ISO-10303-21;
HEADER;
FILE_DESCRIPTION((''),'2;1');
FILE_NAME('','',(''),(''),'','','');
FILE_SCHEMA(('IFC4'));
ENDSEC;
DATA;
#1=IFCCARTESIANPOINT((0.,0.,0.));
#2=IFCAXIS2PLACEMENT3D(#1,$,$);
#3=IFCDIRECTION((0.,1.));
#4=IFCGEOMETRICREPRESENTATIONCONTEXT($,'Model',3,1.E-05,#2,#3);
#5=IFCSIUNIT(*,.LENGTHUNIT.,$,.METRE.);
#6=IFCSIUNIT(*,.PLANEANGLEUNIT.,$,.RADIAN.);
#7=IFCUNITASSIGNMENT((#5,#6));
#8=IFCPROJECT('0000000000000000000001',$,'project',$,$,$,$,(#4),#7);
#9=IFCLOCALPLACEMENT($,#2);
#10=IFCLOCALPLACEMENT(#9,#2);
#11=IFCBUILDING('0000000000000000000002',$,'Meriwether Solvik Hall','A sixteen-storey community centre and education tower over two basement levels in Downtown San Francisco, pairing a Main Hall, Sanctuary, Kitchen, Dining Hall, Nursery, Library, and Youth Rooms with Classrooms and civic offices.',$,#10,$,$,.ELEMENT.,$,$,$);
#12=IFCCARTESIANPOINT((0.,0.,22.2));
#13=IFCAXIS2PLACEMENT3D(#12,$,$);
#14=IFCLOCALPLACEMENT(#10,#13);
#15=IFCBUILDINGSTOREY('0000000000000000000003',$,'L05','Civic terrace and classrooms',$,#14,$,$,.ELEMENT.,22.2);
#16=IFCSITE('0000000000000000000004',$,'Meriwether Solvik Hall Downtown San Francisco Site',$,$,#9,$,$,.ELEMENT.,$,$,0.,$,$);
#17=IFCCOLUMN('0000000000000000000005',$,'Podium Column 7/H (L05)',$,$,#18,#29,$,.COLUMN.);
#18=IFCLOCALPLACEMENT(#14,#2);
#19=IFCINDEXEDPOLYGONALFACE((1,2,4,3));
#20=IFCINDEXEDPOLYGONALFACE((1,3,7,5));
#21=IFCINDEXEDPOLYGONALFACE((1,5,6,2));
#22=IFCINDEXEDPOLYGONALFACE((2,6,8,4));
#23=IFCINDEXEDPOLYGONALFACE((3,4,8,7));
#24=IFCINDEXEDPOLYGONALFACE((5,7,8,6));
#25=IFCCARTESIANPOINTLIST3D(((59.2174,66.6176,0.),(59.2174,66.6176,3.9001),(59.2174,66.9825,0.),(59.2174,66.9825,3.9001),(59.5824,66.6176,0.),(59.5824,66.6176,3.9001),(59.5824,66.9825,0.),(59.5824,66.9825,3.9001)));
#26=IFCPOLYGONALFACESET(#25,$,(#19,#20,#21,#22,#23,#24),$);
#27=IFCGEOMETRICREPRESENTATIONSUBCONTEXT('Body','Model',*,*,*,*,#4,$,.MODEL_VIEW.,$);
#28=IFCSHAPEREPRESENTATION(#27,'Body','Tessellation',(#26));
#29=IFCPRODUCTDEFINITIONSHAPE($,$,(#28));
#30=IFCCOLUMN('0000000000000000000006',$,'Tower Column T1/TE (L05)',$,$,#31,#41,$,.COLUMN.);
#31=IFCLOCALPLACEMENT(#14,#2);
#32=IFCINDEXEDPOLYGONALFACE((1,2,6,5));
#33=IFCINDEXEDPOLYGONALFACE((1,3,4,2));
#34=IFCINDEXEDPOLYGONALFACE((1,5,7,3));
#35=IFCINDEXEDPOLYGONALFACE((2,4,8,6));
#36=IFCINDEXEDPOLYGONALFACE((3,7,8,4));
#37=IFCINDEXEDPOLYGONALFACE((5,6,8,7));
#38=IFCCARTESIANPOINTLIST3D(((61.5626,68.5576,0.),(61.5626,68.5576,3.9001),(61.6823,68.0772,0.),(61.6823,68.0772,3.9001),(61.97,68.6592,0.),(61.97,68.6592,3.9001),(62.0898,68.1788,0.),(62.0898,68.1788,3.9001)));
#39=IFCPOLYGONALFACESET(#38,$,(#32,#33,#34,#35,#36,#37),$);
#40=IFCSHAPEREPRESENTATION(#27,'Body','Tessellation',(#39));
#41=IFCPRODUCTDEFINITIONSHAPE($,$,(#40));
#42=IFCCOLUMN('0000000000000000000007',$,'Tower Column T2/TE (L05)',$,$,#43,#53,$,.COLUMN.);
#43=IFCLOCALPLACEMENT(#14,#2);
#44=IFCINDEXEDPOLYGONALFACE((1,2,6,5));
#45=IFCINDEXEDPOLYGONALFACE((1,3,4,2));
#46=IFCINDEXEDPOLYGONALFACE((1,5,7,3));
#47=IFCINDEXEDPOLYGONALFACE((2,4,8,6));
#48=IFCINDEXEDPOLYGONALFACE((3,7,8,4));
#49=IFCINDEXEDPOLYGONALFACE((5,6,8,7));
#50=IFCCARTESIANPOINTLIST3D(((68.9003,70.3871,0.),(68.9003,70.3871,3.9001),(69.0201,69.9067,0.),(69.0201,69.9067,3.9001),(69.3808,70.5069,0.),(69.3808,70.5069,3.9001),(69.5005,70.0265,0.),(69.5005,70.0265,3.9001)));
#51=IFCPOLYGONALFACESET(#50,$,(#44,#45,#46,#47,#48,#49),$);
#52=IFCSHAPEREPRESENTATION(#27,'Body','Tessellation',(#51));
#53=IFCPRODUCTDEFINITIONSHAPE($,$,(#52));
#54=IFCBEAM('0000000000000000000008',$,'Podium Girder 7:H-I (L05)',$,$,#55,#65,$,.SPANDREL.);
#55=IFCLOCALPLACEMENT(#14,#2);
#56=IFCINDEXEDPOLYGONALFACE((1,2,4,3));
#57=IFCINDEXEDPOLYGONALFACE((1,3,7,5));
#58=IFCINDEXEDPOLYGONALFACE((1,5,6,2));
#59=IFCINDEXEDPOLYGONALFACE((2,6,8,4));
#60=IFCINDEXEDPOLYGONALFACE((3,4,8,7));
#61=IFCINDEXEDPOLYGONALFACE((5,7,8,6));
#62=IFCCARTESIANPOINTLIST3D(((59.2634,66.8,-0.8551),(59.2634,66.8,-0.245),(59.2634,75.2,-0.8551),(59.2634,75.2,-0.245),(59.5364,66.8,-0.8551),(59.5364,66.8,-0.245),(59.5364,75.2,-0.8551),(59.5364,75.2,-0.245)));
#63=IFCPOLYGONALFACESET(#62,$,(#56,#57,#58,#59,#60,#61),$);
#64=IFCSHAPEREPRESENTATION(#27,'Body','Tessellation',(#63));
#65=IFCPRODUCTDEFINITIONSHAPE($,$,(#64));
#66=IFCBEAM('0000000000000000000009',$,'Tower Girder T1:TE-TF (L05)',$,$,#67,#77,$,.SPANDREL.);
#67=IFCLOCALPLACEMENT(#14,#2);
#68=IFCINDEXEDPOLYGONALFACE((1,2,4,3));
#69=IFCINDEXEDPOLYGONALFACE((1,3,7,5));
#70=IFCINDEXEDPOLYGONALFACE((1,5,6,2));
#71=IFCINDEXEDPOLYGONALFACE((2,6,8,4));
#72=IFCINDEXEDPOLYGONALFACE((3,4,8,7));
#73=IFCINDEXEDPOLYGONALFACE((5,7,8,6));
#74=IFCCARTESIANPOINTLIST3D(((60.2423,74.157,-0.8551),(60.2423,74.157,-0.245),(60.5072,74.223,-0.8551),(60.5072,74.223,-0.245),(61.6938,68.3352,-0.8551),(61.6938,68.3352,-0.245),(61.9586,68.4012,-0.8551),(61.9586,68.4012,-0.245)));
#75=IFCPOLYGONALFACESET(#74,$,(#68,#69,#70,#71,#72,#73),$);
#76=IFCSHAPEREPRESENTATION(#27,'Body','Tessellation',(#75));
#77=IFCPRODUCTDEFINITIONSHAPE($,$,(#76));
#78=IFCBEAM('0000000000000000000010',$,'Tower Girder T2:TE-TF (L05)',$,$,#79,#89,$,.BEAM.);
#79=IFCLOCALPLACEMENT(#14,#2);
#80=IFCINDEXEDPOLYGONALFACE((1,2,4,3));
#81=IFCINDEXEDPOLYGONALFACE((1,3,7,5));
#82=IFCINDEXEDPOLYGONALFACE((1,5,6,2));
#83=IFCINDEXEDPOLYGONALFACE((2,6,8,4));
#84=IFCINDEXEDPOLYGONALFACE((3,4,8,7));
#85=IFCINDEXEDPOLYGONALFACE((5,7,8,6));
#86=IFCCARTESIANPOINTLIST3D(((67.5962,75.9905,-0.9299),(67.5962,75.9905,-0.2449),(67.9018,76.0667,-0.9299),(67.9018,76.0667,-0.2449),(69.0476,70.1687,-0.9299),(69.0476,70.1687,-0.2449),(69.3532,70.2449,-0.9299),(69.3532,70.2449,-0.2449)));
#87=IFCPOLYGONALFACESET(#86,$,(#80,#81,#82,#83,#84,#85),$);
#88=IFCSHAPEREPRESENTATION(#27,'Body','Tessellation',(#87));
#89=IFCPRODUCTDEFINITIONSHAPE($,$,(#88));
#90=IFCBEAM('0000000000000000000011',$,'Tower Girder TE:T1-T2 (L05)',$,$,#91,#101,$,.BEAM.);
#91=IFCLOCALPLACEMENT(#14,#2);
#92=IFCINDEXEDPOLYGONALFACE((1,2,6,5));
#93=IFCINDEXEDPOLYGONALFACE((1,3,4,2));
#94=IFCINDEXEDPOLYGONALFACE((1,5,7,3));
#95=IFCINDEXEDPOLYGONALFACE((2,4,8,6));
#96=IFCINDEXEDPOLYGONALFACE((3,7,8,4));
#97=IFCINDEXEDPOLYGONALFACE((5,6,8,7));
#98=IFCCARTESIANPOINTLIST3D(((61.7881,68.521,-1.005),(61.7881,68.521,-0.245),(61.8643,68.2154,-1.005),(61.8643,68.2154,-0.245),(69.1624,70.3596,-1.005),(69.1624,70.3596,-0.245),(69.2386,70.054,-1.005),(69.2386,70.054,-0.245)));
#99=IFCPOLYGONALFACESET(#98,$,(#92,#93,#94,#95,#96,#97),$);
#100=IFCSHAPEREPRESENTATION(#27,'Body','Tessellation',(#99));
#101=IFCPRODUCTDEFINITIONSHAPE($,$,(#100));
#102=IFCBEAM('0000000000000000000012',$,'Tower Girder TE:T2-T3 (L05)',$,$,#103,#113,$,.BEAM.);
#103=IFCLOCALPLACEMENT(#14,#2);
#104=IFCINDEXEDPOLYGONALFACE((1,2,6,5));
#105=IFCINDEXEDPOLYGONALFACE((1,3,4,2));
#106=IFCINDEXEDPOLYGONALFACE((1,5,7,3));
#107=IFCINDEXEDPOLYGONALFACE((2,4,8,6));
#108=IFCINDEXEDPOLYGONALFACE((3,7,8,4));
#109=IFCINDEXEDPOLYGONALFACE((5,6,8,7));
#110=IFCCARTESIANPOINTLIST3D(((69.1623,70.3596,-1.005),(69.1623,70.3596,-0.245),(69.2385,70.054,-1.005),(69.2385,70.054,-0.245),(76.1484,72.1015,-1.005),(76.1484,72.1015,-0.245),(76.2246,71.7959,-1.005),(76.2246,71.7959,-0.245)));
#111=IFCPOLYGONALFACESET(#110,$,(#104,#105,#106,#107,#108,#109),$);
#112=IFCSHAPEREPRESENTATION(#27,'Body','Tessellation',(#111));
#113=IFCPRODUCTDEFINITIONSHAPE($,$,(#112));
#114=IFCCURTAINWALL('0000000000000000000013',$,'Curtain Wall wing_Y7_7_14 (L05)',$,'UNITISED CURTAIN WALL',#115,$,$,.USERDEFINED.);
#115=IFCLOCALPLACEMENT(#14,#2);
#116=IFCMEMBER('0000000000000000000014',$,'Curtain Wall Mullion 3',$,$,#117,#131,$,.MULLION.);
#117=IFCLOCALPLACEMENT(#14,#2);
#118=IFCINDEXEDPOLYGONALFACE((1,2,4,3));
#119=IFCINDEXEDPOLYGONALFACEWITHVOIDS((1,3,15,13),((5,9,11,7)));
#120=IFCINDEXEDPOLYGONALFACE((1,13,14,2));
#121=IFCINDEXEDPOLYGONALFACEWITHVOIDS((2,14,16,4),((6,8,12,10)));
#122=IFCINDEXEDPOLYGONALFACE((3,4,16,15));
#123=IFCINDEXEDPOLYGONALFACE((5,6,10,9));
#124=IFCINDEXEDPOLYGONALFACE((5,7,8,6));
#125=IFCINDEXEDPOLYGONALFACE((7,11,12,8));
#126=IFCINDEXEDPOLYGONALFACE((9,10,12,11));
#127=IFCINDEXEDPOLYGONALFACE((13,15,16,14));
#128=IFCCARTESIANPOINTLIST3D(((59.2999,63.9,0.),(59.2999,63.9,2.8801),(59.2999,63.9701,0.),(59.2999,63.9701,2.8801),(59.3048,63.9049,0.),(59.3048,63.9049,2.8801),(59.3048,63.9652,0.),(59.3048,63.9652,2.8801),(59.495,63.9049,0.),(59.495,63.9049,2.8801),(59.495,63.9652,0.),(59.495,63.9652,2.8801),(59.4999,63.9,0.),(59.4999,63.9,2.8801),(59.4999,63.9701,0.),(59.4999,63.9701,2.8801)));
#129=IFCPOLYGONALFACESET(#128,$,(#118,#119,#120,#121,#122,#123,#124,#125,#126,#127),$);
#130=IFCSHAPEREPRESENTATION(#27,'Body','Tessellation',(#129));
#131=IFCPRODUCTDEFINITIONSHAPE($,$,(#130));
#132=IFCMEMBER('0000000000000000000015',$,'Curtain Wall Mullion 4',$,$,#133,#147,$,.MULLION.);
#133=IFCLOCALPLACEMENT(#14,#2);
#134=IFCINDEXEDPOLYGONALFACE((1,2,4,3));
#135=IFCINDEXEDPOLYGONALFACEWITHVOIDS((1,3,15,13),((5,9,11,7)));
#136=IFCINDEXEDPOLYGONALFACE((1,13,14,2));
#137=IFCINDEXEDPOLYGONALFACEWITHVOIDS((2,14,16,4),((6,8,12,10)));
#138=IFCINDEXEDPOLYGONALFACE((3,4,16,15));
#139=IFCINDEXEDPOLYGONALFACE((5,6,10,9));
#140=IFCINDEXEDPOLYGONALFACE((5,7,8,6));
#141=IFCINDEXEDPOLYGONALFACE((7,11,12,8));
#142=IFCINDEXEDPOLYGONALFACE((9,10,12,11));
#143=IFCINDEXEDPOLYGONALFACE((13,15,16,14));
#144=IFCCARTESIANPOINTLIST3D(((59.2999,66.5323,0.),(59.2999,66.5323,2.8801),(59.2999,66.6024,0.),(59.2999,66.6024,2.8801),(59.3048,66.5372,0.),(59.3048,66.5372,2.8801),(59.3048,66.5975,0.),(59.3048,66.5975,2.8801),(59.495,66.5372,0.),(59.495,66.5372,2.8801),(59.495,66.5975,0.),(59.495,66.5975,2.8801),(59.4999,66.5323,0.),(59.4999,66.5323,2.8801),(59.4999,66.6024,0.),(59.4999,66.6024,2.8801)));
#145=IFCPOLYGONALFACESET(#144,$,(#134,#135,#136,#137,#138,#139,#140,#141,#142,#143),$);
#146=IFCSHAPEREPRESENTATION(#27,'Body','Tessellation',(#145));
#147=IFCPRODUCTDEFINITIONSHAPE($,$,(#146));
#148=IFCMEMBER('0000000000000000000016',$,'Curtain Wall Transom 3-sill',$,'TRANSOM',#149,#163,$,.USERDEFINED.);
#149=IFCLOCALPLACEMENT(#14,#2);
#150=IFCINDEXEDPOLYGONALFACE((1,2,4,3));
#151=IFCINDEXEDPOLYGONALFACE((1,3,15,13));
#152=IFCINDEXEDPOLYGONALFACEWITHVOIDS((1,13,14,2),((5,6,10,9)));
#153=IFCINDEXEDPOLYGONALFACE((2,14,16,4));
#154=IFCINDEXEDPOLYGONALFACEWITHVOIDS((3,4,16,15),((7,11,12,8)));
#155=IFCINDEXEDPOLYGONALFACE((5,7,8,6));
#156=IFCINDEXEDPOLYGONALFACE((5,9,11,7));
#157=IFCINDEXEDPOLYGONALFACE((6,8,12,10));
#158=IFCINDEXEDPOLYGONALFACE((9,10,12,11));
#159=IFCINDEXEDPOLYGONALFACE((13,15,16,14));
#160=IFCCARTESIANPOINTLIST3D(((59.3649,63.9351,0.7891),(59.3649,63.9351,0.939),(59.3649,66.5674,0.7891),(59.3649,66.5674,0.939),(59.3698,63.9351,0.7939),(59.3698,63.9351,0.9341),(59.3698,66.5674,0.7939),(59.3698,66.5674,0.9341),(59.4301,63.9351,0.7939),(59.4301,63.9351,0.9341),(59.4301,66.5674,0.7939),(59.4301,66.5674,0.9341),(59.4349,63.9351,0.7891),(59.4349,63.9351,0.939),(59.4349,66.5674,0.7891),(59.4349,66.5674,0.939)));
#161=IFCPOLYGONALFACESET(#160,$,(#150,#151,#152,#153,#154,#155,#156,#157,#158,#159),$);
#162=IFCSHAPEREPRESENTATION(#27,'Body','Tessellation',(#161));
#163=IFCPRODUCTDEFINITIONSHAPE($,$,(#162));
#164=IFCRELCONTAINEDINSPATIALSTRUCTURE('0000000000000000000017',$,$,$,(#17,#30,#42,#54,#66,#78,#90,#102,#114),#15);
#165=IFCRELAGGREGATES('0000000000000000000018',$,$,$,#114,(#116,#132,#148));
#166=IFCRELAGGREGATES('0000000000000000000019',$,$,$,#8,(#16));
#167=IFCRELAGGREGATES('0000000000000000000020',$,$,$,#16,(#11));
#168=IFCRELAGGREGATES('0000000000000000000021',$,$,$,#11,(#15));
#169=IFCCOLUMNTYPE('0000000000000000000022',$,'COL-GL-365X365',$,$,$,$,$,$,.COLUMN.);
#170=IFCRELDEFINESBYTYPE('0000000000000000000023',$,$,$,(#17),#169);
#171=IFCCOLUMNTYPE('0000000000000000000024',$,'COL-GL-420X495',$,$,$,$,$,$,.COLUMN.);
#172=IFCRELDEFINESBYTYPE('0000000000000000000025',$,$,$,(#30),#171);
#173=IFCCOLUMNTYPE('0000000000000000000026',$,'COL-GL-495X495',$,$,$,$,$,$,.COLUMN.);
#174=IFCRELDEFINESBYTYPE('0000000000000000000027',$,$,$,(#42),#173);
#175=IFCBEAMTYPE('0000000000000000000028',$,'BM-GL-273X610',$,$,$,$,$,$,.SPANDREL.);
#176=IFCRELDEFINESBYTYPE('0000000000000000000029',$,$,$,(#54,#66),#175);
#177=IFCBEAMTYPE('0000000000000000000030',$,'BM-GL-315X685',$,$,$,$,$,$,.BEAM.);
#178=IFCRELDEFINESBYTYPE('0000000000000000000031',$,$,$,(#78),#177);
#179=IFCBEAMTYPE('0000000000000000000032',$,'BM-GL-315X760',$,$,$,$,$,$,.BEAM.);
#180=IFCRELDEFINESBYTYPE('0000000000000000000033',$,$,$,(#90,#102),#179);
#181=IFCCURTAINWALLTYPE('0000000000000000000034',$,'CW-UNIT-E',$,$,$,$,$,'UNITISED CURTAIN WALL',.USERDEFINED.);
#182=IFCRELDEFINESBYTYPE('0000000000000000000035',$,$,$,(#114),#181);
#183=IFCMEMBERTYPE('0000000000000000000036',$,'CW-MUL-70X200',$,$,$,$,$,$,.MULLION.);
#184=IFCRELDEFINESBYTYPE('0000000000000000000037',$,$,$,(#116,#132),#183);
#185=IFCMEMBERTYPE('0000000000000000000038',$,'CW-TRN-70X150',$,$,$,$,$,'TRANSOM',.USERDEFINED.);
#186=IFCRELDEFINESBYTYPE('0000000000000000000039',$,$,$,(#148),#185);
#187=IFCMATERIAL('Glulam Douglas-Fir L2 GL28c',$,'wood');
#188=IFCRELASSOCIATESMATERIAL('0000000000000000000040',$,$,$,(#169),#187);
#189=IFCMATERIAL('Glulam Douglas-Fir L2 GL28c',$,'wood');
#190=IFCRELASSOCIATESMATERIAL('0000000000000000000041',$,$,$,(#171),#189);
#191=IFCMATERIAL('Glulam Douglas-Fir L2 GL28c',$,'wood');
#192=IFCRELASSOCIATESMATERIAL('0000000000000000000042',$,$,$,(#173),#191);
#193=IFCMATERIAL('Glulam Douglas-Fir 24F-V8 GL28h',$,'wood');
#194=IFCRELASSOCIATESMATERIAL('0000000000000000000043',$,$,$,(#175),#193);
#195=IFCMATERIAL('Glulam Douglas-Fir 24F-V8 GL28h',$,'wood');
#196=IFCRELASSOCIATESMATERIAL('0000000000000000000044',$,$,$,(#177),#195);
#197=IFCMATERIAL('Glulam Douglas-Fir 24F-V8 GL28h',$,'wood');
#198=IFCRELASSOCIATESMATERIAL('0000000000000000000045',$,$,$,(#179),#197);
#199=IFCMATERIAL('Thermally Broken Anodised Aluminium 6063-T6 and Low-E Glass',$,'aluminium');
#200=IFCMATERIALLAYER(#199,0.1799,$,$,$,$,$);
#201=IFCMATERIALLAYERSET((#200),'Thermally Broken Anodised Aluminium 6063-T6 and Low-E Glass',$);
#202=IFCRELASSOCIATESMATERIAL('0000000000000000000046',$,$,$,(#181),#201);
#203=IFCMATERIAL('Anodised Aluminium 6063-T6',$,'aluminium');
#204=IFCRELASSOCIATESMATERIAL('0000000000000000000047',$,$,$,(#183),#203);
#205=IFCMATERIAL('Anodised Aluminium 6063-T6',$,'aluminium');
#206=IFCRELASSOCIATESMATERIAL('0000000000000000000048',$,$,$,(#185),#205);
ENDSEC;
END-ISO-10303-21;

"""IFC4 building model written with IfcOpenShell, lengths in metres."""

from ifc_helpers import new_model, si_unit, direction, frame, origin, origin_2d, place, context, subcontext, project, spatial, rectangle, hollow_rectangle, extrude, material, layer, layer_set, material_profile, profile_set, type_object, element, aggregate, save


model = new_model("IFC4")

# Units and contexts
model_context = context("Model", 3, precision=1e-05, world=origin(), true_north=direction((0.0, 1.0)))
body_context = subcontext(model_context, "Body", "Model", "MODEL_VIEW")
ifc_project = project(units=[si_unit("LENGTHUNIT", "METRE"), si_unit("PLANEANGLEUNIT", "RADIAN")], contexts=[model_context])

# Site, building, storey
site_placement = place(None, origin())
site = spatial("IfcSite", under=ifc_project, at=site_placement, Name="Meriwether Solvik Hall Downtown San Francisco Site", CompositionType="ELEMENT", RefElevation=0.0)
building_placement = place(site_placement, origin())
building = spatial("IfcBuilding", under=site, at=building_placement, Name="Meriwether Solvik Hall", Description="A sixteen-storey community centre and education tower over two basement levels in Downtown San Francisco, pairing a Main Hall, Sanctuary, Kitchen, Dining Hall, Nursery, Library, and Youth Rooms with Classrooms and civic offices.", CompositionType="ELEMENT")
storey_placement = place(building_placement, frame((0.0, 0.0, 22.2)))
storey = spatial("IfcBuildingStorey", under=building, at=storey_placement, Name="L05", Description="Civic terrace and classrooms", CompositionType="ELEMENT", Elevation=22.2)

# Columns
ifc_material_1 = material(Name="Glulam Douglas-Fir L2 GL28c", Category="wood")
ifc_material_profile_1 = material_profile(ifc_material_1, rectangle(XDim=0.365, YDim=0.365, at=origin_2d()), Name="GLC-365X365")
ifc_profile_set_1 = profile_set([ifc_material_profile_1], Name="Glulam Douglas-Fir L2 GL28c")
column_type_1 = type_object("IfcColumnType", Name="COL-GL-365X365", PredefinedType="COLUMN", material=ifc_profile_set_1)
column_1_placement = place(storey_placement, frame((59.3999, 66.8, 0.0), z_axis=(0.0, 0.0, 1.0), x_axis=(1.0, 0.0, 0.0)))
element("IfcColumn", 1, at=column_1_placement, inside=storey, type_object=column_type_1, Name="Podium Column 7/H (L05)", PredefinedType="COLUMN", context=body_context, shape_type="SweptSolid", body=[
    extrude(rectangle(XDim=0.365, YDim=0.365, at=origin_2d()), origin(), (0.0, 0.0, 1.0), 3.9001),
])
ifc_material_2 = material(Name="Glulam Douglas-Fir L2 GL28c", Category="wood")
ifc_material_profile_2 = material_profile(ifc_material_2, rectangle(XDim=0.4199, YDim=0.4951, at=origin_2d()), Name="GLC-420X495")
ifc_profile_set_2 = profile_set([ifc_material_profile_2], Name="Glulam Douglas-Fir L2 GL28c")
column_type_2 = type_object("IfcColumnType", Name="COL-GL-420X495", PredefinedType="COLUMN", material=ifc_profile_set_2)
column_2_placement = place(storey_placement, frame((61.8262, 68.3682, 0.0), z_axis=(0.0, 0.0, 1.0), x_axis=(0.970296, 0.241922, 0.0)))
element("IfcColumn", 2, at=column_2_placement, inside=storey, type_object=column_type_2, Name="Tower Column T1/TE (L05)", PredefinedType="COLUMN", context=body_context, shape_type="SweptSolid", body=[
    extrude(rectangle(XDim=0.4199, YDim=0.4951, at=origin_2d()), origin(), (0.0, 0.0, 1.0), 3.9001),
])
ifc_material_3 = material(Name="Glulam Douglas-Fir L2 GL28c", Category="wood")
ifc_material_profile_3 = material_profile(ifc_material_3, rectangle(XDim=0.4951, YDim=0.4951, at=origin_2d()), Name="GLC-495X495")
ifc_profile_set_3 = profile_set([ifc_material_profile_3], Name="Glulam Douglas-Fir L2 GL28c")
column_type_3 = type_object("IfcColumnType", Name="COL-GL-495X495", PredefinedType="COLUMN", material=ifc_profile_set_3)
column_3_placement = place(storey_placement, frame((69.2004, 70.2068, 0.0), z_axis=(0.0, 0.0, 1.0), x_axis=(0.970296, 0.241922, 0.0)))
element("IfcColumn", 3, at=column_3_placement, inside=storey, type_object=column_type_3, Name="Tower Column T2/TE (L05)", PredefinedType="COLUMN", context=body_context, shape_type="SweptSolid", body=[
    extrude(rectangle(XDim=0.4951, YDim=0.4951, at=origin_2d()), origin(), (0.0, 0.0, 1.0), 3.9001),
])

# Beams
ifc_material_4 = material(Name="Glulam Douglas-Fir 24F-V8 GL28h", Category="wood")
ifc_material_profile_4 = material_profile(ifc_material_4, rectangle(XDim=0.2729, YDim=0.6101, at=origin_2d()), Name="GLB-273X610")
ifc_profile_set_4 = profile_set([ifc_material_profile_4], Name="Glulam Douglas-Fir 24F-V8 GL28h")
beam_type_1 = type_object("IfcBeamType", Name="BM-GL-273X610", PredefinedType="SPANDREL", material=ifc_profile_set_4)
beam_1_placement = place(storey_placement, frame((59.3999, 66.8, -0.55), z_axis=(0.0, 1.0, 0.0), x_axis=(-1.0, 0.0, 0.0)))
element("IfcBeam", 4, at=beam_1_placement, inside=storey, type_object=beam_type_1, Name="Podium Girder 7:H-I (L05)", PredefinedType="SPANDREL", context=body_context, shape_type="SweptSolid", body=[
    extrude(rectangle(XDim=0.2729, YDim=0.6101, at=origin_2d()), origin(), (0.0, 0.0, 1.0), 8.3999),
])
beam_2_placement = place(storey_placement, frame((61.8262, 68.3682, -0.55), z_axis=(-0.241904, 0.9703, 0.0), x_axis=(-0.9703, -0.241904, 0.0)))
element("IfcBeam", 5, at=beam_2_placement, inside=storey, type_object=beam_type_1, Name="Tower Girder T1:TE-TF (L05)", PredefinedType="SPANDREL", context=body_context, shape_type="SweptSolid", body=[
    extrude(rectangle(XDim=0.2729, YDim=0.6101, at=origin_2d()), origin(), (0.0, 0.0, 1.0), 6.0),
])
ifc_material_5 = material(Name="Glulam Douglas-Fir 24F-V8 GL28h", Category="wood")
ifc_material_profile_5 = material_profile(ifc_material_5, rectangle(XDim=0.3149, YDim=0.6851, at=origin_2d()), Name="GLB-315X685")
ifc_profile_set_5 = profile_set([ifc_material_profile_5], Name="Glulam Douglas-Fir 24F-V8 GL28h")
beam_type_2 = type_object("IfcBeamType", Name="BM-GL-315X685", PredefinedType="BEAM", material=ifc_profile_set_5)
beam_3_placement = place(storey_placement, frame((69.2004, 70.2068, -0.5874), z_axis=(-0.241904, 0.9703, 0.0), x_axis=(-0.9703, -0.241904, 0.0)))
element("IfcBeam", 6, at=beam_3_placement, inside=storey, type_object=beam_type_2, Name="Tower Girder T2:TE-TF (L05)", PredefinedType="BEAM", context=body_context, shape_type="SweptSolid", body=[
    extrude(rectangle(XDim=0.3149, YDim=0.6851, at=origin_2d()), origin(), (0.0, 0.0, 1.0), 6.0),
])
ifc_material_6 = material(Name="Glulam Douglas-Fir 24F-V8 GL28h", Category="wood")
ifc_material_profile_6 = material_profile(ifc_material_6, rectangle(XDim=0.3149, YDim=0.76, at=origin_2d()), Name="GLB-315X760")
ifc_profile_set_6 = profile_set([ifc_material_profile_6], Name="Glulam Douglas-Fir 24F-V8 GL28h")
beam_type_3 = type_object("IfcBeamType", Name="BM-GL-315X760", PredefinedType="BEAM", material=ifc_profile_set_6)
beam_4_placement = place(storey_placement, frame((61.8262, 68.3682, -0.625), z_axis=(0.970295, 0.241923, 0.0), x_axis=(-0.241923, 0.970295, 0.0)))
element("IfcBeam", 7, at=beam_4_placement, inside=storey, type_object=beam_type_3, Name="Tower Girder TE:T1-T2 (L05)", PredefinedType="BEAM", context=body_context, shape_type="SweptSolid", body=[
    extrude(rectangle(XDim=0.3149, YDim=0.76, at=origin_2d()), origin(), (0.0, 0.0, 1.0), 7.6001),
])
beam_5_placement = place(storey_placement, frame((69.2004, 70.2068, -0.625), z_axis=(0.970292, 0.241937, 0.0), x_axis=(-0.241937, 0.970292, 0.0)))
element("IfcBeam", 8, at=beam_5_placement, inside=storey, type_object=beam_type_3, Name="Tower Girder TE:T2-T3 (L05)", PredefinedType="BEAM", context=body_context, shape_type="SweptSolid", body=[
    extrude(rectangle(XDim=0.3149, YDim=0.76, at=origin_2d()), origin(), (0.0, 0.0, 1.0), 7.2),
])

# Curtain wall, members
ifc_material_7 = material(Name="Thermally Broken Anodised Aluminium 6063-T6 and Low-E Glass", Category="aluminium")
ifc_layer_1 = layer(ifc_material_7, 0.1799)
ifc_layer_set_1 = layer_set([ifc_layer_1], Name="Thermally Broken Anodised Aluminium 6063-T6 and Low-E Glass")
curtain_wall_type = type_object("IfcCurtainWallType", Name="CW-UNIT-E", ElementType="UNITISED CURTAIN WALL", PredefinedType="USERDEFINED", material=ifc_layer_set_1)
curtain_wall_placement = place(storey_placement, origin())
curtain_wall = element("IfcCurtainWall", 9, at=curtain_wall_placement, inside=storey, type_object=curtain_wall_type, Name="Curtain Wall wing_Y7_7_14 (L05)", ObjectType="UNITISED CURTAIN WALL", PredefinedType="USERDEFINED")
ifc_material_8 = material(Name="Anodised Aluminium 6063-T6", Category="aluminium")
ifc_material_profile_7 = material_profile(ifc_material_8, hollow_rectangle(XDim=0.0701, YDim=0.2, WallThickness=0.0049, at=origin_2d()), Name="CWM-70X200")
ifc_profile_set_7 = profile_set([ifc_material_profile_7], Name="Anodised Aluminium 6063-T6")
member_type_1 = type_object("IfcMemberType", Name="CW-MUL-70X200", PredefinedType="MULLION", material=ifc_profile_set_7)
member_1_placement = place(storey_placement, frame((59.3999, 63.9351, 0.0), z_axis=(0.0, 0.0, 1.0), x_axis=(0.0, 1.0, 0.0)))
member_1 = element("IfcMember", 10, at=member_1_placement, type_object=member_type_1, Name="Curtain Wall Mullion 3", PredefinedType="MULLION", context=body_context, shape_type="SweptSolid", body=[
    extrude(hollow_rectangle(XDim=0.0701, YDim=0.2, WallThickness=0.0049, at=origin_2d()), origin(), (0.0, 0.0, 1.0), 2.8801),
])
member_2_placement = place(storey_placement, frame((59.3999, 66.5674, 0.0), z_axis=(0.0, 0.0, 1.0), x_axis=(0.0, 1.0, 0.0)))
member_2 = element("IfcMember", 11, at=member_2_placement, type_object=member_type_1, Name="Curtain Wall Mullion 4", PredefinedType="MULLION", context=body_context, shape_type="SweptSolid", body=[
    extrude(hollow_rectangle(XDim=0.0701, YDim=0.2, WallThickness=0.0049, at=origin_2d()), origin(), (0.0, 0.0, 1.0), 2.8801),
])
ifc_material_9 = material(Name="Anodised Aluminium 6063-T6", Category="aluminium")
ifc_material_profile_8 = material_profile(ifc_material_9, hollow_rectangle(XDim=0.0701, YDim=0.1499, WallThickness=0.0049, at=origin_2d()), Name="CWT-70X150")
ifc_profile_set_8 = profile_set([ifc_material_profile_8], Name="Anodised Aluminium 6063-T6")
member_type_2 = type_object("IfcMemberType", Name="CW-TRN-70X150", ElementType="TRANSOM", PredefinedType="USERDEFINED", material=ifc_profile_set_8)
member_3_placement = place(storey_placement, frame((59.3999, 63.9351, 0.864), z_axis=(0.0, 1.0, 0.0), x_axis=(-1.0, 0.0, 0.0)))
member_3 = element("IfcMember", 12, at=member_3_placement, type_object=member_type_2, Name="Curtain Wall Transom 3-sill", ObjectType="TRANSOM", PredefinedType="USERDEFINED", context=body_context, shape_type="SweptSolid", body=[
    extrude(hollow_rectangle(XDim=0.0701, YDim=0.1499, WallThickness=0.0049, at=origin_2d()), origin(), (0.0, 0.0, 1.0), 2.6323),
])

aggregate(curtain_wall, [member_1, member_2, member_3])

save(model, "model.ifc")
